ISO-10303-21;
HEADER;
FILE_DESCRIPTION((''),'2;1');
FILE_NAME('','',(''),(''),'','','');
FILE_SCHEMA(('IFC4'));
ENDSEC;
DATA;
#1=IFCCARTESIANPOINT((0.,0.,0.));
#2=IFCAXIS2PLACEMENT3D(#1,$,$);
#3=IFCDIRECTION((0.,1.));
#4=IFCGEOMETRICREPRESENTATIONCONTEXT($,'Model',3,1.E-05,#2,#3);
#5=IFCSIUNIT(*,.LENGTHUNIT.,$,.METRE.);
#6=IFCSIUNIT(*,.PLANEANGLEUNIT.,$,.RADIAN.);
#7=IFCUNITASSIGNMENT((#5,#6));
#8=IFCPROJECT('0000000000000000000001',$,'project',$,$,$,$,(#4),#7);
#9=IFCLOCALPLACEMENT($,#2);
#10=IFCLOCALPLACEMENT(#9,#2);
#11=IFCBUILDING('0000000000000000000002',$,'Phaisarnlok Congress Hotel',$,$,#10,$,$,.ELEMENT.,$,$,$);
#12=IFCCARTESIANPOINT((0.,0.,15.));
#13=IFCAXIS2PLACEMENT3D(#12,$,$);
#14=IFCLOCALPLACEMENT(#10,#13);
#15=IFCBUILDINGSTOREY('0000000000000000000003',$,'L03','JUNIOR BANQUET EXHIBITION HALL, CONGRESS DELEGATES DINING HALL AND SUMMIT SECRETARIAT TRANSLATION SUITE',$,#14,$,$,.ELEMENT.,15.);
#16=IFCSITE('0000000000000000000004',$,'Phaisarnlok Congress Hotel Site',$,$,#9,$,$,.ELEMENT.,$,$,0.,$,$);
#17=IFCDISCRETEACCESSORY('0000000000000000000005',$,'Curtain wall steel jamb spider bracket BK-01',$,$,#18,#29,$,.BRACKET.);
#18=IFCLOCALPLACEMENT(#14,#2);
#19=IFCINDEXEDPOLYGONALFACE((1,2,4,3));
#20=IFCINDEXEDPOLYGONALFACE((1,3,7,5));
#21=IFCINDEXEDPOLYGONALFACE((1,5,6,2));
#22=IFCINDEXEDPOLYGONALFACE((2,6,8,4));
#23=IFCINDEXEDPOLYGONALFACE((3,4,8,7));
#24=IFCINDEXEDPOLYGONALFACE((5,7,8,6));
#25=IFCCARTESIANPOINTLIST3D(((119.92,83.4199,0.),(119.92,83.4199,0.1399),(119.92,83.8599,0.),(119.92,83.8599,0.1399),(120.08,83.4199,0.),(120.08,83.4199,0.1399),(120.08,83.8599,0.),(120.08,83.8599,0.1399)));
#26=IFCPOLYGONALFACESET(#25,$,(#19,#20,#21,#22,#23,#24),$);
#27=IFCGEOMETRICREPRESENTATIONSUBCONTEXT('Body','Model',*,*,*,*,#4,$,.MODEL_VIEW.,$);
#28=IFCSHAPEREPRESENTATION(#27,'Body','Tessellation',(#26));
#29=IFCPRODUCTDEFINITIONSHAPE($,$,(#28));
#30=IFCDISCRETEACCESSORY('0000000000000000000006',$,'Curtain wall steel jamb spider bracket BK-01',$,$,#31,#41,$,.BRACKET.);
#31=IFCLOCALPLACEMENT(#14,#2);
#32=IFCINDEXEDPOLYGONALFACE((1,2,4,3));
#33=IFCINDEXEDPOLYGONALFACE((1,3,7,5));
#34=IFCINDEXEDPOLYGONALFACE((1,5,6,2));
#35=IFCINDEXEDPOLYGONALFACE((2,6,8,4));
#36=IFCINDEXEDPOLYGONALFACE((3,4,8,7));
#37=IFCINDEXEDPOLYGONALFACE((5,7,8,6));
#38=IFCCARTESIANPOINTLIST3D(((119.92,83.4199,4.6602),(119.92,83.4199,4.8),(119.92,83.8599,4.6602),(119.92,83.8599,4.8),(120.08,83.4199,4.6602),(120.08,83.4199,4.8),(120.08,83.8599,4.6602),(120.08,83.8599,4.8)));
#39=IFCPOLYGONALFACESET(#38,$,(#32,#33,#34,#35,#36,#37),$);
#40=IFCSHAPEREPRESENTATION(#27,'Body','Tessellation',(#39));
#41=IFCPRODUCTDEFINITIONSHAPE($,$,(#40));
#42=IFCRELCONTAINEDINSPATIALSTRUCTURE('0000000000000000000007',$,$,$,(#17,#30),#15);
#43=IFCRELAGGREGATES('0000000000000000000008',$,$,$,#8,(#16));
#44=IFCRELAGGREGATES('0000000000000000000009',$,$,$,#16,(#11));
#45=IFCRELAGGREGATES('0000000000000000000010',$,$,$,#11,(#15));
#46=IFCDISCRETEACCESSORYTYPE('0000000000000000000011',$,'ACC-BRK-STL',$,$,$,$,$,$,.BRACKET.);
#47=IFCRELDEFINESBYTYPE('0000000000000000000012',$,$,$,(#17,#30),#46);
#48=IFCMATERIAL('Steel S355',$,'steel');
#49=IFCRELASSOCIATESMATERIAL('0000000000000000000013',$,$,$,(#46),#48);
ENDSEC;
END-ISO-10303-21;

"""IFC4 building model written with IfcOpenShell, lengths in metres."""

from ifc_helpers import new_model, si_unit, direction, frame, origin, origin_2d, place, context, subcontext, project, spatial, rectangle, extrude, material, type_object, element, save


model = new_model("IFC4")

# Units and contexts
model_context = context("Model", 3, precision=1e-05, world=origin(), true_north=direction((0.0, 1.0)))
body_context = subcontext(model_context, "Body", "Model", "MODEL_VIEW")
ifc_project = project(units=[si_unit("LENGTHUNIT", "METRE"), si_unit("PLANEANGLEUNIT", "RADIAN")], contexts=[model_context])

# Site, building, storey
site_placement = place(None, origin())
site = spatial("IfcSite", under=ifc_project, at=site_placement, Name="Phaisarnlok Congress Hotel Site", CompositionType="ELEMENT", RefElevation=0.0)
building_placement = place(site_placement, origin())
building = spatial("IfcBuilding", under=site, at=building_placement, Name="Phaisarnlok Congress Hotel", CompositionType="ELEMENT")
storey_placement = place(building_placement, frame((0.0, 0.0, 15.0)))
storey = spatial("IfcBuildingStorey", under=building, at=storey_placement, Name="L03", Description="JUNIOR BANQUET EXHIBITION HALL, CONGRESS DELEGATES DINING HALL AND SUMMIT SECRETARIAT TRANSLATION SUITE", CompositionType="ELEMENT", Elevation=15.0)

# Shared definitions
ifc_material_1 = material(Name="Steel S355", Category="steel")

# Discrete accessories
discrete_accessory_type = type_object("IfcDiscreteAccessoryType", Name="ACC-BRK-STL", PredefinedType="BRACKET", material=ifc_material_1)
for number, where, z_axis, x_axis, name in (
    (1, (120.0, 83.6399, 0.0), (0.0, 0.0, 1.0), (1.0, 0.0, 0.0), "Curtain wall steel jamb spider bracket BK-01"),
    (2, (120.0, 83.6399, 4.6602), (0.0, 0.0, 1.0), (1.0, 0.0, 0.0), "Curtain wall steel jamb spider bracket BK-01"),
):
    element("IfcDiscreteAccessory", number, at=place(storey_placement, frame(where, z_axis=z_axis, x_axis=x_axis)), inside=storey, type_object=discrete_accessory_type, Name=name, PredefinedType="BRACKET", context=body_context, shape_type="SweptSolid", body=[
        extrude(rectangle(XDim=0.1599, YDim=0.4399, at=origin_2d()), origin(), (0.0, 0.0, 1.0), 0.1399),
    ])

save(model, "model.ifc")
